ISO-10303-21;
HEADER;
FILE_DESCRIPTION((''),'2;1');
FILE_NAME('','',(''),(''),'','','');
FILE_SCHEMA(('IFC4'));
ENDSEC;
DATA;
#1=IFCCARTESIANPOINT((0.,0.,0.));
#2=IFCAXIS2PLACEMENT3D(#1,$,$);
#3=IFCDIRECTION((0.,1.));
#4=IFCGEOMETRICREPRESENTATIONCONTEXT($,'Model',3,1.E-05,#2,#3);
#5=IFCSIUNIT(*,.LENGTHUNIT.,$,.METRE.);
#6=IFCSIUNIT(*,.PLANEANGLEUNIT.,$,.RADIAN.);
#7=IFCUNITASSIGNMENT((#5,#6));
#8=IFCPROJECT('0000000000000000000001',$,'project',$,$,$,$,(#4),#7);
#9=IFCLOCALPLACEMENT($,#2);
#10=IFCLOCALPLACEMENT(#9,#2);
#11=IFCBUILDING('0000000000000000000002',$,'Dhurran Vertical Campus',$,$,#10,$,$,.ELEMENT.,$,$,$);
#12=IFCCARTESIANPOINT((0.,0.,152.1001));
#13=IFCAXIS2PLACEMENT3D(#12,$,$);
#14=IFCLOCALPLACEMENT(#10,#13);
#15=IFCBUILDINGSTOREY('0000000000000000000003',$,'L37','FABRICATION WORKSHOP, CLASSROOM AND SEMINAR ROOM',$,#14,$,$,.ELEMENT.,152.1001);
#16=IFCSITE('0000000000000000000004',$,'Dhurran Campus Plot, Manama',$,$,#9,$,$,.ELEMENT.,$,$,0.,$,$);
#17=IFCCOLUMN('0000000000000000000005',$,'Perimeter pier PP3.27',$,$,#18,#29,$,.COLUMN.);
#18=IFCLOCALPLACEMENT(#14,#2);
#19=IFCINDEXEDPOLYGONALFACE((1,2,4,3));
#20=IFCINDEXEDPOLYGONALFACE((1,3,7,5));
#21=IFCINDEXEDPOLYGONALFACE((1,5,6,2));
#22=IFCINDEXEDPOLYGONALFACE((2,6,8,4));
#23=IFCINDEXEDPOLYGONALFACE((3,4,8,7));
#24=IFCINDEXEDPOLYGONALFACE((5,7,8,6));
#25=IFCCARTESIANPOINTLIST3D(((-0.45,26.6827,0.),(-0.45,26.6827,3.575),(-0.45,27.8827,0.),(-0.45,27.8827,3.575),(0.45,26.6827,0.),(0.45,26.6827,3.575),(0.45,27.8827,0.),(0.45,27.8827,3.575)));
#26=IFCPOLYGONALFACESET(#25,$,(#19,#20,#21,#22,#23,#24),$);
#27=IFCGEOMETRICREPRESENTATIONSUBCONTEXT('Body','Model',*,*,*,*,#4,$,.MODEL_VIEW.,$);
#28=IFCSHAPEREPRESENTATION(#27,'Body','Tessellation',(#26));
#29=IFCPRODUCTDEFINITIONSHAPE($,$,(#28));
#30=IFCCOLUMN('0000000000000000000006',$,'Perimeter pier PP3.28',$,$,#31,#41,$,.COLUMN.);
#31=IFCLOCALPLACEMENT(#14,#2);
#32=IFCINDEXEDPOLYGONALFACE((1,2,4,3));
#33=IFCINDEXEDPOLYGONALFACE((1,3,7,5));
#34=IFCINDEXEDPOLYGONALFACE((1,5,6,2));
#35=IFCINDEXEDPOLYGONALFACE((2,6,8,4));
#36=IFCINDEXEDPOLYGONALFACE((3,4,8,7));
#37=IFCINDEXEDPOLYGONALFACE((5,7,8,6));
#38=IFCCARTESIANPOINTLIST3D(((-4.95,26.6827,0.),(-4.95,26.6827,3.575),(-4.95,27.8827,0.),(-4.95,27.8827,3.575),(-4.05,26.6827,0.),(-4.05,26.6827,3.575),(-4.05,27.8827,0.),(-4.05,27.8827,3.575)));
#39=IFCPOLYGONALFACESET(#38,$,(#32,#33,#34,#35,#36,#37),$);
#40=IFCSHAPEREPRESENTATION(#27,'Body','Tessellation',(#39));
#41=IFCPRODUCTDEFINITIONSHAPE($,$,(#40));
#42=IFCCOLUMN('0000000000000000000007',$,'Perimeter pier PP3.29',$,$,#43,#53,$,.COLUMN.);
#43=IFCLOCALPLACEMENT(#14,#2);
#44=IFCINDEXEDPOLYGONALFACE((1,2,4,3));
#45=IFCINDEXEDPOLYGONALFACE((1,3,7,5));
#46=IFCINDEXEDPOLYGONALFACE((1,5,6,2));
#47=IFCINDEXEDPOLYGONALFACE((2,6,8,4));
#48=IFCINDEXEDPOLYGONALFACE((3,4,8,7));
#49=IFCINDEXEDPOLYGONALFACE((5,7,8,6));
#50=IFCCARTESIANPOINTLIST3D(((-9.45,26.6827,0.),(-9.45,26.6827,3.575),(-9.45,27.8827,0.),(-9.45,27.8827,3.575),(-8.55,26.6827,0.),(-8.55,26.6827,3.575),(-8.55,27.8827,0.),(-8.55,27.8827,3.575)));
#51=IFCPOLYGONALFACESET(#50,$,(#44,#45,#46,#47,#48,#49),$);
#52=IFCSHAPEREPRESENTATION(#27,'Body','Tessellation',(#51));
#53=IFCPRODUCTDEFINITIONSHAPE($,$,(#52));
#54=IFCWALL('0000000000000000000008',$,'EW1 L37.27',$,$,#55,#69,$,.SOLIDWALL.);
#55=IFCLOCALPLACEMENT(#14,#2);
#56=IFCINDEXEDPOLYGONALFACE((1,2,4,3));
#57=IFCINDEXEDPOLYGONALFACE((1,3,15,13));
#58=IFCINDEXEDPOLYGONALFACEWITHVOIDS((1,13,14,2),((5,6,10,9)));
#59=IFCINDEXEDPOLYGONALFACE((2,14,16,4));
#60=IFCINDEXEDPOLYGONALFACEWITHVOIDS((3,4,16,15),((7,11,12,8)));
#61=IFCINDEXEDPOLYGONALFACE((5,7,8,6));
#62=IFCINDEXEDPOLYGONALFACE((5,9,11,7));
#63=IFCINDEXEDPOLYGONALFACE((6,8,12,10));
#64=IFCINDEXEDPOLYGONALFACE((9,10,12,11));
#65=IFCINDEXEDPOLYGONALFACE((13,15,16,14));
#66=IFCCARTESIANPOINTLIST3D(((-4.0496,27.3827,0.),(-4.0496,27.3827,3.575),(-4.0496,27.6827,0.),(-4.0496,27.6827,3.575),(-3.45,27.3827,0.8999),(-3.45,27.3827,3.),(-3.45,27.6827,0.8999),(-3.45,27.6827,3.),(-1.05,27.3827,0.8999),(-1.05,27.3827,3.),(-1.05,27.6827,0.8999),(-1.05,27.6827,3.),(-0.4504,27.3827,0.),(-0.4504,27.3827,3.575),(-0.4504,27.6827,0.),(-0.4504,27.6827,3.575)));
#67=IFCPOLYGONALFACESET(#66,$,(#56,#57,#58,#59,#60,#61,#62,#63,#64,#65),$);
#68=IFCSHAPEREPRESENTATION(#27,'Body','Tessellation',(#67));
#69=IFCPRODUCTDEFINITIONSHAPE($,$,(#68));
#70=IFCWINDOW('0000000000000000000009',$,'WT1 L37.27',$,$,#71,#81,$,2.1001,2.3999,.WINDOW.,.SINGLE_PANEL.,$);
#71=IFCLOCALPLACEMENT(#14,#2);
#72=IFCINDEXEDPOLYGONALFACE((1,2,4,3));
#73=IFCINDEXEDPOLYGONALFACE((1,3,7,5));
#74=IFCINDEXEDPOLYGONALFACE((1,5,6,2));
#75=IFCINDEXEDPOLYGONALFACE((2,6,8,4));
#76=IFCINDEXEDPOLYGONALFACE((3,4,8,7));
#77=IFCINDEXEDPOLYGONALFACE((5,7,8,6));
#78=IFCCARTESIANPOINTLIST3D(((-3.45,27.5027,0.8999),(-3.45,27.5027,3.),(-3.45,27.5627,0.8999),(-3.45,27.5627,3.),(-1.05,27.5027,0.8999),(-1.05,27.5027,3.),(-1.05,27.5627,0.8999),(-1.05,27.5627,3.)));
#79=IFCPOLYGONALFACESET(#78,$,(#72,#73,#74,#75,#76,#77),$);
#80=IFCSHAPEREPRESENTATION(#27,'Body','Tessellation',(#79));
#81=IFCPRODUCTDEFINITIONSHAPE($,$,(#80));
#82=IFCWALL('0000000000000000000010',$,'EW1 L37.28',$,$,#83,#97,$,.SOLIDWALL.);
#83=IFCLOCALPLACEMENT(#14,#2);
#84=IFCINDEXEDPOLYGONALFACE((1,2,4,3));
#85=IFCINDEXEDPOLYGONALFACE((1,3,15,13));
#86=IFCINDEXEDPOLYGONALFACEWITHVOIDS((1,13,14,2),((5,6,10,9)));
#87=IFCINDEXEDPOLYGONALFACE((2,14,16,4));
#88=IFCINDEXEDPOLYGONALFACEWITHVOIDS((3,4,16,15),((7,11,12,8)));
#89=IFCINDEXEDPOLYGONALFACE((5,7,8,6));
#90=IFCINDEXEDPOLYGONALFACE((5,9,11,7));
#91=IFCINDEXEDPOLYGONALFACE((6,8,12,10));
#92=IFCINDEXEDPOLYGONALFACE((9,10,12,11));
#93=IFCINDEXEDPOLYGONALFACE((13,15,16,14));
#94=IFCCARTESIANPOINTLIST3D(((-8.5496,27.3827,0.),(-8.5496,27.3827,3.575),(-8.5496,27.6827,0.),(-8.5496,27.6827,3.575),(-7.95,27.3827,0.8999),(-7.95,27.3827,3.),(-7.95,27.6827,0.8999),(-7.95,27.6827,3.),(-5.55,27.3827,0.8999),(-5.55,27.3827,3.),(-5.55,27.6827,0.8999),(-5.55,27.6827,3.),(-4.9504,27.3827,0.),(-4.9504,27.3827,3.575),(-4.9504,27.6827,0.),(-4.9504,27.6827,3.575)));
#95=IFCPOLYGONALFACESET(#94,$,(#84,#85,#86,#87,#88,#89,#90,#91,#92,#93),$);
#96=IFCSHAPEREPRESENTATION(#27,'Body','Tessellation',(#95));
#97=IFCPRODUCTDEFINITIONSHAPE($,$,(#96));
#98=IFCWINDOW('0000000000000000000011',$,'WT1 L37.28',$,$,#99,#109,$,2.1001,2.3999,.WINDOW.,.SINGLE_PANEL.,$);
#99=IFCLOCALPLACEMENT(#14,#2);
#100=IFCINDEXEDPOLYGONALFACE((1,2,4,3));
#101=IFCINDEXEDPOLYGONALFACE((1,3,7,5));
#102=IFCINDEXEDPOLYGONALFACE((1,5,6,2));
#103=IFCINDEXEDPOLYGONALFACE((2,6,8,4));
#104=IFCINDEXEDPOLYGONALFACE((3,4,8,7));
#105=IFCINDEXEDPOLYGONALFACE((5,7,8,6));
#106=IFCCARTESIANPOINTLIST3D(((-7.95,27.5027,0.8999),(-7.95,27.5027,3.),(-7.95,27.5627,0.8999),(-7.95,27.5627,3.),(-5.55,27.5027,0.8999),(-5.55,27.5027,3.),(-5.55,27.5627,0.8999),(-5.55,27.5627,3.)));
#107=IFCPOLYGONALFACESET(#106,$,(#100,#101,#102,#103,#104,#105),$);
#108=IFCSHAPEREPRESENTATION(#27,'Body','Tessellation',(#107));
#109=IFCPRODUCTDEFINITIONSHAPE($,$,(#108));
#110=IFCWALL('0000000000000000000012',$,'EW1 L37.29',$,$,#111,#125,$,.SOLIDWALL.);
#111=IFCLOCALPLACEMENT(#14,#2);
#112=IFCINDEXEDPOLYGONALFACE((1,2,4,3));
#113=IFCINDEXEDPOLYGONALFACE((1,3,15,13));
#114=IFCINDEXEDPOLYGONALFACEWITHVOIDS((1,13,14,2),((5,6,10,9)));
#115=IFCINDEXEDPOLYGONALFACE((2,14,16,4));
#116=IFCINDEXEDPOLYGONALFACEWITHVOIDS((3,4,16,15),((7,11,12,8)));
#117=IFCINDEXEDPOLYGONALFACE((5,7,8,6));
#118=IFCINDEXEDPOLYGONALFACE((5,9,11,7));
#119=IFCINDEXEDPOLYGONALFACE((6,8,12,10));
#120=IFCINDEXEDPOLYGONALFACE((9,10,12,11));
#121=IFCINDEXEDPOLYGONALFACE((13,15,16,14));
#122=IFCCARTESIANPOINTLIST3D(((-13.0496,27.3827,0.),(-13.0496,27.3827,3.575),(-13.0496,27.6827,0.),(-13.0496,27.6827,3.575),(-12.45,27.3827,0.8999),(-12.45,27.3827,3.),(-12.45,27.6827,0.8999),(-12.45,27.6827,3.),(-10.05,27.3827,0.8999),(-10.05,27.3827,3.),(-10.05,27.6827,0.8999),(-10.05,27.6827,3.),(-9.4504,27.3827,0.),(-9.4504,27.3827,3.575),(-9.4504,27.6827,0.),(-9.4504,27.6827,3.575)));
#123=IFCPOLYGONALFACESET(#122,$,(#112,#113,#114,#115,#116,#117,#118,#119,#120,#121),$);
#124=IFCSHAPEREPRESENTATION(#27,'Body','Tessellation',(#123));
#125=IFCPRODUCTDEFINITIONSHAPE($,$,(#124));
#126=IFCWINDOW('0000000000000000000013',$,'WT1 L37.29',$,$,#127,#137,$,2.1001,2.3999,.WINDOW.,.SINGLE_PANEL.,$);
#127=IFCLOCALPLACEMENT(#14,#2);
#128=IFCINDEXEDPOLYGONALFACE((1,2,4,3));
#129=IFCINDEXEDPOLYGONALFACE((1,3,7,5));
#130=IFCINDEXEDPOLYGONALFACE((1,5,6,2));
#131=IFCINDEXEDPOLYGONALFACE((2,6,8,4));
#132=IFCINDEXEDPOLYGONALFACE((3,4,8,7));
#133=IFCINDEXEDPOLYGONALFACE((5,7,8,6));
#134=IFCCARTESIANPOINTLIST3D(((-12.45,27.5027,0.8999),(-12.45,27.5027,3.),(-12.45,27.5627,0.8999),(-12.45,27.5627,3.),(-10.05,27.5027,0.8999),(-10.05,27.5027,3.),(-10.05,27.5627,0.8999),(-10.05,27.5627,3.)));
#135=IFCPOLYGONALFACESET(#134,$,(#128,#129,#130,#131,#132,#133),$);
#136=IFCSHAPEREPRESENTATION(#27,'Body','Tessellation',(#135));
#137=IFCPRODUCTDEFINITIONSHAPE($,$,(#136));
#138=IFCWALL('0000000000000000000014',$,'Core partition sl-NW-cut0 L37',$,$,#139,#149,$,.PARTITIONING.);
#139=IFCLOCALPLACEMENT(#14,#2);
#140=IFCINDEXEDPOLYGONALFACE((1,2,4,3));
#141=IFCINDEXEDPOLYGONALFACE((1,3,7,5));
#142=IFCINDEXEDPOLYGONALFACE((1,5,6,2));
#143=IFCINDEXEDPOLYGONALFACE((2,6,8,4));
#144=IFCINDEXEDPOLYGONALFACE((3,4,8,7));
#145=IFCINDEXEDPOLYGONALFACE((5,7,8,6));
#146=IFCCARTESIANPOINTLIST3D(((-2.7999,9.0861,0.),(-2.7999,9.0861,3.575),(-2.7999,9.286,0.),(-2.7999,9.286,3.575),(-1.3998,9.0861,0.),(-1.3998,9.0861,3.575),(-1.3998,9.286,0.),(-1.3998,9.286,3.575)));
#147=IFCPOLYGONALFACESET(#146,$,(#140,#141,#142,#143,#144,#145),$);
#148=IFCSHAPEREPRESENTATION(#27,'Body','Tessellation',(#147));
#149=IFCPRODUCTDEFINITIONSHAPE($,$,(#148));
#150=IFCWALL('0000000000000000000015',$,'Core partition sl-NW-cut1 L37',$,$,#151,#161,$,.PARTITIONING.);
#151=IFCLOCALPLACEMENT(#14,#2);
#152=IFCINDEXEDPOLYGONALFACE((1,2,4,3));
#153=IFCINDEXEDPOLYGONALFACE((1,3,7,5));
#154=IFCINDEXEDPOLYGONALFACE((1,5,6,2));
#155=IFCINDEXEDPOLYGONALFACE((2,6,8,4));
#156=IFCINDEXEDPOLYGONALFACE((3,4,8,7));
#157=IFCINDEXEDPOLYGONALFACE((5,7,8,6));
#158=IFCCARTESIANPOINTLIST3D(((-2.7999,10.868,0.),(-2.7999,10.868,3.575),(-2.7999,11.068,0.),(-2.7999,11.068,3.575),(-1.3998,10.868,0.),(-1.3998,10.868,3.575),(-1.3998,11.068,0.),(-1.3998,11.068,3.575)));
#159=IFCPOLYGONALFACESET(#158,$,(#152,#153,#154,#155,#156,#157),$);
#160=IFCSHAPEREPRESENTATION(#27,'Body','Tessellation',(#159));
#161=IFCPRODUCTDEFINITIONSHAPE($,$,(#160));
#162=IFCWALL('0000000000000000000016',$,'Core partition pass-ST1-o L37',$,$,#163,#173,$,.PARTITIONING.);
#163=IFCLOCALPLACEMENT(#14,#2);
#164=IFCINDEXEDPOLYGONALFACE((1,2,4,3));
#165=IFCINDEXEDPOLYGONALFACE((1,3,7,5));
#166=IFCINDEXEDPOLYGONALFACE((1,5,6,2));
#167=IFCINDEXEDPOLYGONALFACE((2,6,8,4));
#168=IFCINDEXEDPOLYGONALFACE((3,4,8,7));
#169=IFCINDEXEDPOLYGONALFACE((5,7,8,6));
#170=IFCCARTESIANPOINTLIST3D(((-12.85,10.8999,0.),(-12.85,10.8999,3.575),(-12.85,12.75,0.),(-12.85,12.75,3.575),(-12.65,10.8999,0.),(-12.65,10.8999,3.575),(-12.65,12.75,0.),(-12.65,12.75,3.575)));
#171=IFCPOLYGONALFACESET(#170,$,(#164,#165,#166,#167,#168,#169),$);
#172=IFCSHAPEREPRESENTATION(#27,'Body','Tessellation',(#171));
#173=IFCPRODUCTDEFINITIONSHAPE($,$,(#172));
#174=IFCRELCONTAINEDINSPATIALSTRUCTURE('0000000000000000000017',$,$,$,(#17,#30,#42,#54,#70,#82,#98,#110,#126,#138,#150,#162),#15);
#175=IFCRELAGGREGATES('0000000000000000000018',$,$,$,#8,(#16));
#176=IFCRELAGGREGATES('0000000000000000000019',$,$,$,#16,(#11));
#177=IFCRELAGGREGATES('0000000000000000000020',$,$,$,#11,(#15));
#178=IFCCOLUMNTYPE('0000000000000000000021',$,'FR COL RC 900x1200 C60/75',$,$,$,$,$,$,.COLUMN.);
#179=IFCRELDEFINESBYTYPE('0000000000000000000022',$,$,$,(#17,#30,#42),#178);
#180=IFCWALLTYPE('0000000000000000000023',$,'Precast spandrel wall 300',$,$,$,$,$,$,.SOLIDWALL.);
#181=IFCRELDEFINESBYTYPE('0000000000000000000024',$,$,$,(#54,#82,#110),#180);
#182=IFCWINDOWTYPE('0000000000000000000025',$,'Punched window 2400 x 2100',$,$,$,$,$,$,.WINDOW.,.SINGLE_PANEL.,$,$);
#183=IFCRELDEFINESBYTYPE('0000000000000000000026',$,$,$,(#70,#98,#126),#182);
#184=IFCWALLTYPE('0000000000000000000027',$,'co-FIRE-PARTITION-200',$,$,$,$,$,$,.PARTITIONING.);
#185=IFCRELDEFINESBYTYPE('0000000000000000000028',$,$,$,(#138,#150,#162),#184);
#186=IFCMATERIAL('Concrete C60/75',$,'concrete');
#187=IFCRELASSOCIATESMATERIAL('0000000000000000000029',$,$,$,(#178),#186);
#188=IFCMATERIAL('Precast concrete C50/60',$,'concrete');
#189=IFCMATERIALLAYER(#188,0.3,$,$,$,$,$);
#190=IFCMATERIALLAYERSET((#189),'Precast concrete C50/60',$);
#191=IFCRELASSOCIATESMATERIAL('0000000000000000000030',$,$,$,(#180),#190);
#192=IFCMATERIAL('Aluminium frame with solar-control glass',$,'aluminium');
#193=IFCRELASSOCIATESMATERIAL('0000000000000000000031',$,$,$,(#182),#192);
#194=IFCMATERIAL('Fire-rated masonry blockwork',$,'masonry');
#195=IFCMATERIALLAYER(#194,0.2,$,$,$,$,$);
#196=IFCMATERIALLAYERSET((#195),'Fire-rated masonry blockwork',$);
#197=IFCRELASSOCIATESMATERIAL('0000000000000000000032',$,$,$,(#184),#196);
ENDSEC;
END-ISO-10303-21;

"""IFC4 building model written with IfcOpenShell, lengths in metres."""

from ifc_helpers import new_model, si_unit, direction, frame, frame_2d, origin, origin_2d, place, context, subcontext, project, spatial, rectangle, extrude, material, layer, layer_set, material_profile, profile_set, type_object, element, fill, save


model = new_model("IFC4")

# Units and contexts
model_context = context("Model", 3, precision=1e-05, world=origin(), true_north=direction((0.0, 1.0)))
body_context = subcontext(model_context, "Body", "Model", "MODEL_VIEW")
ifc_project = project(units=[si_unit("LENGTHUNIT", "METRE"), si_unit("PLANEANGLEUNIT", "RADIAN")], contexts=[model_context])

# Site, building, storey
site_placement = place(None, origin())
site = spatial("IfcSite", under=ifc_project, at=site_placement, Name="Dhurran Campus Plot, Manama", CompositionType="ELEMENT", RefElevation=0.0)
building_placement = place(site_placement, origin())
building = spatial("IfcBuilding", under=site, at=building_placement, Name="Dhurran Vertical Campus", CompositionType="ELEMENT")
storey_placement = place(building_placement, frame((0.0, 0.0, 152.1001)))
storey = spatial("IfcBuildingStorey", under=building, at=storey_placement, Name="L37", Description="FABRICATION WORKSHOP, CLASSROOM AND SEMINAR ROOM", CompositionType="ELEMENT", Elevation=152.1001)

# Columns
ifc_material_1 = material(Name="Concrete C60/75", Category="concrete")
ifc_material_profile = material_profile(ifc_material_1, rectangle(XDim=0.8999, YDim=1.2, at=origin_2d()), Name="RC 900x1200")
ifc_profile_set = profile_set([ifc_material_profile], Name="Concrete C60/75")
column_type = type_object("IfcColumnType", Name="FR COL RC 900x1200 C60/75", PredefinedType="COLUMN", material=ifc_profile_set)
for number, where, z_axis, x_axis, name in (
    (1, (0.0, 27.2827, 0.0), (0.0, 0.0, 1.0), (-1.0, 0.0, 0.0), "Perimeter pier PP3.27"),
    (2, (-4.5, 27.2827, 0.0), (0.0, 0.0, 1.0), (-1.0, 0.0, 0.0), "Perimeter pier PP3.28"),
    (3, (-9.0, 27.2827, 0.0), (0.0, 0.0, 1.0), (-1.0, 0.0, 0.0), "Perimeter pier PP3.29"),
):
    element("IfcColumn", number, at=place(storey_placement, frame(where, z_axis=z_axis, x_axis=x_axis)), inside=storey, type_object=column_type, Name=name, PredefinedType="COLUMN", context=body_context, shape_type="SweptSolid", body=[
        extrude(rectangle(XDim=0.8999, YDim=1.2, at=origin_2d()), origin(), (0.0, 0.0, 1.0), 3.575),
    ])

# Walls, openings, windows
ifc_material_2 = material(Name="Precast concrete C50/60", Category="concrete")
ifc_layer_1 = layer(ifc_material_2, 0.3)
ifc_layer_set_1 = layer_set([ifc_layer_1], Name="Precast concrete C50/60")
wall_type_1 = type_object("IfcWallType", Name="Precast spandrel wall 300", PredefinedType="SOLIDWALL", material=ifc_layer_set_1)
wall_1_placement = place(storey_placement, frame((-0.4504, 27.5327, 0.0), z_axis=(0.0, 0.0, 1.0), x_axis=(-1.0, 0.0, 0.0)))
wall_1 = element("IfcWall", 4, at=wall_1_placement, inside=storey, type_object=wall_type_1, Name="EW1 L37.27", PredefinedType="SOLIDWALL", context=body_context, shape_type="SweptSolid", body=[
    extrude(rectangle(XDim=3.5991, YDim=0.3, at=frame_2d((1.7996, 0.0))), origin(), (0.0, 0.0, 1.0), 3.575),
])
opening_1_placement = place(wall_1_placement, frame((0.5996, 0.0, 0.8999)))
opening_1 = element("IfcOpeningElement", 5, at=opening_1_placement, cuts=wall_1, PredefinedType="OPENING", context=body_context, shape_type="SweptSolid", body=[
    extrude(rectangle(XDim=2.3999, YDim=2.1001, at=frame_2d((1.2, 1.05))), frame((0.0, 0.1599, 0.0), z_axis=(0.0, -1.0, 0.0), x_axis=(1.0, 0.0, 0.0)), (0.0, 0.0, 1.0), 0.3201),
])
ifc_material_3 = material(Name="Aluminium frame with solar-control glass", Category="aluminium")
window_type = type_object("IfcWindowType", Name="Punched window 2400 x 2100", PartitioningType="SINGLE_PANEL", PredefinedType="WINDOW", material=ifc_material_3)
window_1_placement = place(opening_1_placement, origin())
window_1 = element("IfcWindow", 6, at=window_1_placement, inside=storey, type_object=window_type, Name="WT1 L37.27", OverallHeight=2.1001, OverallWidth=2.3999, PartitioningType="SINGLE_PANEL", PredefinedType="WINDOW", context=body_context, shape_type="SweptSolid", body=[
    extrude(rectangle(XDim=2.3999, YDim=2.1001, at=frame_2d((1.2, 1.05))), frame((0.0, 0.03, 0.0), z_axis=(0.0, -1.0, 0.0), x_axis=(1.0, 0.0, 0.0)), (0.0, 0.0, 1.0), 0.0601),
])
fill(opening_1, window_1)
wall_2_placement = place(storey_placement, frame((-4.9504, 27.5327, 0.0), z_axis=(0.0, 0.0, 1.0), x_axis=(-1.0, 0.0, 0.0)))
wall_2 = element("IfcWall", 7, at=wall_2_placement, inside=storey, type_object=wall_type_1, Name="EW1 L37.28", PredefinedType="SOLIDWALL", context=body_context, shape_type="SweptSolid", body=[
    extrude(rectangle(XDim=3.5991, YDim=0.3, at=frame_2d((1.7996, 0.0))), origin(), (0.0, 0.0, 1.0), 3.575),
])
opening_2_placement = place(wall_2_placement, frame((0.5996, 0.0, 0.8999)))
opening_2 = element("IfcOpeningElement", 8, at=opening_2_placement, cuts=wall_2, PredefinedType="OPENING", context=body_context, shape_type="SweptSolid", body=[
    extrude(rectangle(XDim=2.3999, YDim=2.1001, at=frame_2d((1.2, 1.05))), frame((0.0, 0.1599, 0.0), z_axis=(0.0, -1.0, 0.0), x_axis=(1.0, 0.0, 0.0)), (0.0, 0.0, 1.0), 0.3201),
])
window_2_placement = place(opening_2_placement, origin())
window_2 = element("IfcWindow", 9, at=window_2_placement, inside=storey, type_object=window_type, Name="WT1 L37.28", OverallHeight=2.1001, OverallWidth=2.3999, PartitioningType="SINGLE_PANEL", PredefinedType="WINDOW", context=body_context, shape_type="SweptSolid", body=[
    extrude(rectangle(XDim=2.3999, YDim=2.1001, at=frame_2d((1.2, 1.05))), frame((0.0, 0.03, 0.0), z_axis=(0.0, -1.0, 0.0), x_axis=(1.0, 0.0, 0.0)), (0.0, 0.0, 1.0), 0.0601),
])
fill(opening_2, window_2)
wall_3_placement = place(storey_placement, frame((-9.4504, 27.5327, 0.0), z_axis=(0.0, 0.0, 1.0), x_axis=(-1.0, 0.0, 0.0)))
wall_3 = element("IfcWall", 10, at=wall_3_placement, inside=storey, type_object=wall_type_1, Name="EW1 L37.29", PredefinedType="SOLIDWALL", context=body_context, shape_type="SweptSolid", body=[
    extrude(rectangle(XDim=3.5991, YDim=0.3, at=frame_2d((1.7996, 0.0))), origin(), (0.0, 0.0, 1.0), 3.575),
])
opening_3_placement = place(wall_3_placement, frame((0.5996, 0.0, 0.8999)))
opening_3 = element("IfcOpeningElement", 11, at=opening_3_placement, cuts=wall_3, PredefinedType="OPENING", context=body_context, shape_type="SweptSolid", body=[
    extrude(rectangle(XDim=2.3999, YDim=2.1001, at=frame_2d((1.2, 1.05))), frame((0.0, 0.1599, 0.0), z_axis=(0.0, -1.0, 0.0), x_axis=(1.0, 0.0, 0.0)), (0.0, 0.0, 1.0), 0.3201),
])
window_3_placement = place(opening_3_placement, origin())
window_3 = element("IfcWindow", 12, at=window_3_placement, inside=storey, type_object=window_type, Name="WT1 L37.29", OverallHeight=2.1001, OverallWidth=2.3999, PartitioningType="SINGLE_PANEL", PredefinedType="WINDOW", context=body_context, shape_type="SweptSolid", body=[
    extrude(rectangle(XDim=2.3999, YDim=2.1001, at=frame_2d((1.2, 1.05))), frame((0.0, 0.03, 0.0), z_axis=(0.0, -1.0, 0.0), x_axis=(1.0, 0.0, 0.0)), (0.0, 0.0, 1.0), 0.0601),
])
fill(opening_3, window_3)

# Walls
ifc_material_4 = material(Name="Fire-rated masonry blockwork", Category="masonry")
ifc_layer_2 = layer(ifc_material_4, 0.2)
ifc_layer_set_2 = layer_set([ifc_layer_2], Name="Fire-rated masonry blockwork")
wall_type_2 = type_object("IfcWallType", Name="co-FIRE-PARTITION-200", PredefinedType="PARTITIONING", material=ifc_layer_set_2)
for number, where, z_axis, x_axis, name in (
    (13, (-2.8, 9.186, 0.0), (0.0, 0.0, 1.0), (1.0, 0.0, 0.0), "Core partition sl-NW-cut0 L37"),
    (14, (-2.8, 10.968, 0.0), (0.0, 0.0, 1.0), (1.0, 0.0, 0.0), "Core partition sl-NW-cut1 L37"),
):
    element("IfcWall", number, at=place(storey_placement, frame(where, z_axis=z_axis, x_axis=x_axis)), inside=storey, type_object=wall_type_2, Name=name, PredefinedType="PARTITIONING", context=body_context, shape_type="SweptSolid", body=[
        extrude(rectangle(XDim=1.4001, YDim=0.2, at=frame_2d((0.7002, 0.0))), origin(), (0.0, 0.0, 1.0), 3.575),
    ])
wall_4_placement = place(storey_placement, frame((-12.75, 10.8999, 0.0), z_axis=(0.0, 0.0, 1.0), x_axis=(0.0, 1.0, 0.0)))
element("IfcWall", 15, at=wall_4_placement, inside=storey, type_object=wall_type_2, Name="Core partition pass-ST1-o L37", PredefinedType="PARTITIONING", context=body_context, shape_type="SweptSolid", body=[
    extrude(rectangle(XDim=1.8501, YDim=0.2, at=frame_2d((0.925, 0.0))), origin(), (0.0, 0.0, 1.0), 3.575),
])

save(model, "model.ifc")
